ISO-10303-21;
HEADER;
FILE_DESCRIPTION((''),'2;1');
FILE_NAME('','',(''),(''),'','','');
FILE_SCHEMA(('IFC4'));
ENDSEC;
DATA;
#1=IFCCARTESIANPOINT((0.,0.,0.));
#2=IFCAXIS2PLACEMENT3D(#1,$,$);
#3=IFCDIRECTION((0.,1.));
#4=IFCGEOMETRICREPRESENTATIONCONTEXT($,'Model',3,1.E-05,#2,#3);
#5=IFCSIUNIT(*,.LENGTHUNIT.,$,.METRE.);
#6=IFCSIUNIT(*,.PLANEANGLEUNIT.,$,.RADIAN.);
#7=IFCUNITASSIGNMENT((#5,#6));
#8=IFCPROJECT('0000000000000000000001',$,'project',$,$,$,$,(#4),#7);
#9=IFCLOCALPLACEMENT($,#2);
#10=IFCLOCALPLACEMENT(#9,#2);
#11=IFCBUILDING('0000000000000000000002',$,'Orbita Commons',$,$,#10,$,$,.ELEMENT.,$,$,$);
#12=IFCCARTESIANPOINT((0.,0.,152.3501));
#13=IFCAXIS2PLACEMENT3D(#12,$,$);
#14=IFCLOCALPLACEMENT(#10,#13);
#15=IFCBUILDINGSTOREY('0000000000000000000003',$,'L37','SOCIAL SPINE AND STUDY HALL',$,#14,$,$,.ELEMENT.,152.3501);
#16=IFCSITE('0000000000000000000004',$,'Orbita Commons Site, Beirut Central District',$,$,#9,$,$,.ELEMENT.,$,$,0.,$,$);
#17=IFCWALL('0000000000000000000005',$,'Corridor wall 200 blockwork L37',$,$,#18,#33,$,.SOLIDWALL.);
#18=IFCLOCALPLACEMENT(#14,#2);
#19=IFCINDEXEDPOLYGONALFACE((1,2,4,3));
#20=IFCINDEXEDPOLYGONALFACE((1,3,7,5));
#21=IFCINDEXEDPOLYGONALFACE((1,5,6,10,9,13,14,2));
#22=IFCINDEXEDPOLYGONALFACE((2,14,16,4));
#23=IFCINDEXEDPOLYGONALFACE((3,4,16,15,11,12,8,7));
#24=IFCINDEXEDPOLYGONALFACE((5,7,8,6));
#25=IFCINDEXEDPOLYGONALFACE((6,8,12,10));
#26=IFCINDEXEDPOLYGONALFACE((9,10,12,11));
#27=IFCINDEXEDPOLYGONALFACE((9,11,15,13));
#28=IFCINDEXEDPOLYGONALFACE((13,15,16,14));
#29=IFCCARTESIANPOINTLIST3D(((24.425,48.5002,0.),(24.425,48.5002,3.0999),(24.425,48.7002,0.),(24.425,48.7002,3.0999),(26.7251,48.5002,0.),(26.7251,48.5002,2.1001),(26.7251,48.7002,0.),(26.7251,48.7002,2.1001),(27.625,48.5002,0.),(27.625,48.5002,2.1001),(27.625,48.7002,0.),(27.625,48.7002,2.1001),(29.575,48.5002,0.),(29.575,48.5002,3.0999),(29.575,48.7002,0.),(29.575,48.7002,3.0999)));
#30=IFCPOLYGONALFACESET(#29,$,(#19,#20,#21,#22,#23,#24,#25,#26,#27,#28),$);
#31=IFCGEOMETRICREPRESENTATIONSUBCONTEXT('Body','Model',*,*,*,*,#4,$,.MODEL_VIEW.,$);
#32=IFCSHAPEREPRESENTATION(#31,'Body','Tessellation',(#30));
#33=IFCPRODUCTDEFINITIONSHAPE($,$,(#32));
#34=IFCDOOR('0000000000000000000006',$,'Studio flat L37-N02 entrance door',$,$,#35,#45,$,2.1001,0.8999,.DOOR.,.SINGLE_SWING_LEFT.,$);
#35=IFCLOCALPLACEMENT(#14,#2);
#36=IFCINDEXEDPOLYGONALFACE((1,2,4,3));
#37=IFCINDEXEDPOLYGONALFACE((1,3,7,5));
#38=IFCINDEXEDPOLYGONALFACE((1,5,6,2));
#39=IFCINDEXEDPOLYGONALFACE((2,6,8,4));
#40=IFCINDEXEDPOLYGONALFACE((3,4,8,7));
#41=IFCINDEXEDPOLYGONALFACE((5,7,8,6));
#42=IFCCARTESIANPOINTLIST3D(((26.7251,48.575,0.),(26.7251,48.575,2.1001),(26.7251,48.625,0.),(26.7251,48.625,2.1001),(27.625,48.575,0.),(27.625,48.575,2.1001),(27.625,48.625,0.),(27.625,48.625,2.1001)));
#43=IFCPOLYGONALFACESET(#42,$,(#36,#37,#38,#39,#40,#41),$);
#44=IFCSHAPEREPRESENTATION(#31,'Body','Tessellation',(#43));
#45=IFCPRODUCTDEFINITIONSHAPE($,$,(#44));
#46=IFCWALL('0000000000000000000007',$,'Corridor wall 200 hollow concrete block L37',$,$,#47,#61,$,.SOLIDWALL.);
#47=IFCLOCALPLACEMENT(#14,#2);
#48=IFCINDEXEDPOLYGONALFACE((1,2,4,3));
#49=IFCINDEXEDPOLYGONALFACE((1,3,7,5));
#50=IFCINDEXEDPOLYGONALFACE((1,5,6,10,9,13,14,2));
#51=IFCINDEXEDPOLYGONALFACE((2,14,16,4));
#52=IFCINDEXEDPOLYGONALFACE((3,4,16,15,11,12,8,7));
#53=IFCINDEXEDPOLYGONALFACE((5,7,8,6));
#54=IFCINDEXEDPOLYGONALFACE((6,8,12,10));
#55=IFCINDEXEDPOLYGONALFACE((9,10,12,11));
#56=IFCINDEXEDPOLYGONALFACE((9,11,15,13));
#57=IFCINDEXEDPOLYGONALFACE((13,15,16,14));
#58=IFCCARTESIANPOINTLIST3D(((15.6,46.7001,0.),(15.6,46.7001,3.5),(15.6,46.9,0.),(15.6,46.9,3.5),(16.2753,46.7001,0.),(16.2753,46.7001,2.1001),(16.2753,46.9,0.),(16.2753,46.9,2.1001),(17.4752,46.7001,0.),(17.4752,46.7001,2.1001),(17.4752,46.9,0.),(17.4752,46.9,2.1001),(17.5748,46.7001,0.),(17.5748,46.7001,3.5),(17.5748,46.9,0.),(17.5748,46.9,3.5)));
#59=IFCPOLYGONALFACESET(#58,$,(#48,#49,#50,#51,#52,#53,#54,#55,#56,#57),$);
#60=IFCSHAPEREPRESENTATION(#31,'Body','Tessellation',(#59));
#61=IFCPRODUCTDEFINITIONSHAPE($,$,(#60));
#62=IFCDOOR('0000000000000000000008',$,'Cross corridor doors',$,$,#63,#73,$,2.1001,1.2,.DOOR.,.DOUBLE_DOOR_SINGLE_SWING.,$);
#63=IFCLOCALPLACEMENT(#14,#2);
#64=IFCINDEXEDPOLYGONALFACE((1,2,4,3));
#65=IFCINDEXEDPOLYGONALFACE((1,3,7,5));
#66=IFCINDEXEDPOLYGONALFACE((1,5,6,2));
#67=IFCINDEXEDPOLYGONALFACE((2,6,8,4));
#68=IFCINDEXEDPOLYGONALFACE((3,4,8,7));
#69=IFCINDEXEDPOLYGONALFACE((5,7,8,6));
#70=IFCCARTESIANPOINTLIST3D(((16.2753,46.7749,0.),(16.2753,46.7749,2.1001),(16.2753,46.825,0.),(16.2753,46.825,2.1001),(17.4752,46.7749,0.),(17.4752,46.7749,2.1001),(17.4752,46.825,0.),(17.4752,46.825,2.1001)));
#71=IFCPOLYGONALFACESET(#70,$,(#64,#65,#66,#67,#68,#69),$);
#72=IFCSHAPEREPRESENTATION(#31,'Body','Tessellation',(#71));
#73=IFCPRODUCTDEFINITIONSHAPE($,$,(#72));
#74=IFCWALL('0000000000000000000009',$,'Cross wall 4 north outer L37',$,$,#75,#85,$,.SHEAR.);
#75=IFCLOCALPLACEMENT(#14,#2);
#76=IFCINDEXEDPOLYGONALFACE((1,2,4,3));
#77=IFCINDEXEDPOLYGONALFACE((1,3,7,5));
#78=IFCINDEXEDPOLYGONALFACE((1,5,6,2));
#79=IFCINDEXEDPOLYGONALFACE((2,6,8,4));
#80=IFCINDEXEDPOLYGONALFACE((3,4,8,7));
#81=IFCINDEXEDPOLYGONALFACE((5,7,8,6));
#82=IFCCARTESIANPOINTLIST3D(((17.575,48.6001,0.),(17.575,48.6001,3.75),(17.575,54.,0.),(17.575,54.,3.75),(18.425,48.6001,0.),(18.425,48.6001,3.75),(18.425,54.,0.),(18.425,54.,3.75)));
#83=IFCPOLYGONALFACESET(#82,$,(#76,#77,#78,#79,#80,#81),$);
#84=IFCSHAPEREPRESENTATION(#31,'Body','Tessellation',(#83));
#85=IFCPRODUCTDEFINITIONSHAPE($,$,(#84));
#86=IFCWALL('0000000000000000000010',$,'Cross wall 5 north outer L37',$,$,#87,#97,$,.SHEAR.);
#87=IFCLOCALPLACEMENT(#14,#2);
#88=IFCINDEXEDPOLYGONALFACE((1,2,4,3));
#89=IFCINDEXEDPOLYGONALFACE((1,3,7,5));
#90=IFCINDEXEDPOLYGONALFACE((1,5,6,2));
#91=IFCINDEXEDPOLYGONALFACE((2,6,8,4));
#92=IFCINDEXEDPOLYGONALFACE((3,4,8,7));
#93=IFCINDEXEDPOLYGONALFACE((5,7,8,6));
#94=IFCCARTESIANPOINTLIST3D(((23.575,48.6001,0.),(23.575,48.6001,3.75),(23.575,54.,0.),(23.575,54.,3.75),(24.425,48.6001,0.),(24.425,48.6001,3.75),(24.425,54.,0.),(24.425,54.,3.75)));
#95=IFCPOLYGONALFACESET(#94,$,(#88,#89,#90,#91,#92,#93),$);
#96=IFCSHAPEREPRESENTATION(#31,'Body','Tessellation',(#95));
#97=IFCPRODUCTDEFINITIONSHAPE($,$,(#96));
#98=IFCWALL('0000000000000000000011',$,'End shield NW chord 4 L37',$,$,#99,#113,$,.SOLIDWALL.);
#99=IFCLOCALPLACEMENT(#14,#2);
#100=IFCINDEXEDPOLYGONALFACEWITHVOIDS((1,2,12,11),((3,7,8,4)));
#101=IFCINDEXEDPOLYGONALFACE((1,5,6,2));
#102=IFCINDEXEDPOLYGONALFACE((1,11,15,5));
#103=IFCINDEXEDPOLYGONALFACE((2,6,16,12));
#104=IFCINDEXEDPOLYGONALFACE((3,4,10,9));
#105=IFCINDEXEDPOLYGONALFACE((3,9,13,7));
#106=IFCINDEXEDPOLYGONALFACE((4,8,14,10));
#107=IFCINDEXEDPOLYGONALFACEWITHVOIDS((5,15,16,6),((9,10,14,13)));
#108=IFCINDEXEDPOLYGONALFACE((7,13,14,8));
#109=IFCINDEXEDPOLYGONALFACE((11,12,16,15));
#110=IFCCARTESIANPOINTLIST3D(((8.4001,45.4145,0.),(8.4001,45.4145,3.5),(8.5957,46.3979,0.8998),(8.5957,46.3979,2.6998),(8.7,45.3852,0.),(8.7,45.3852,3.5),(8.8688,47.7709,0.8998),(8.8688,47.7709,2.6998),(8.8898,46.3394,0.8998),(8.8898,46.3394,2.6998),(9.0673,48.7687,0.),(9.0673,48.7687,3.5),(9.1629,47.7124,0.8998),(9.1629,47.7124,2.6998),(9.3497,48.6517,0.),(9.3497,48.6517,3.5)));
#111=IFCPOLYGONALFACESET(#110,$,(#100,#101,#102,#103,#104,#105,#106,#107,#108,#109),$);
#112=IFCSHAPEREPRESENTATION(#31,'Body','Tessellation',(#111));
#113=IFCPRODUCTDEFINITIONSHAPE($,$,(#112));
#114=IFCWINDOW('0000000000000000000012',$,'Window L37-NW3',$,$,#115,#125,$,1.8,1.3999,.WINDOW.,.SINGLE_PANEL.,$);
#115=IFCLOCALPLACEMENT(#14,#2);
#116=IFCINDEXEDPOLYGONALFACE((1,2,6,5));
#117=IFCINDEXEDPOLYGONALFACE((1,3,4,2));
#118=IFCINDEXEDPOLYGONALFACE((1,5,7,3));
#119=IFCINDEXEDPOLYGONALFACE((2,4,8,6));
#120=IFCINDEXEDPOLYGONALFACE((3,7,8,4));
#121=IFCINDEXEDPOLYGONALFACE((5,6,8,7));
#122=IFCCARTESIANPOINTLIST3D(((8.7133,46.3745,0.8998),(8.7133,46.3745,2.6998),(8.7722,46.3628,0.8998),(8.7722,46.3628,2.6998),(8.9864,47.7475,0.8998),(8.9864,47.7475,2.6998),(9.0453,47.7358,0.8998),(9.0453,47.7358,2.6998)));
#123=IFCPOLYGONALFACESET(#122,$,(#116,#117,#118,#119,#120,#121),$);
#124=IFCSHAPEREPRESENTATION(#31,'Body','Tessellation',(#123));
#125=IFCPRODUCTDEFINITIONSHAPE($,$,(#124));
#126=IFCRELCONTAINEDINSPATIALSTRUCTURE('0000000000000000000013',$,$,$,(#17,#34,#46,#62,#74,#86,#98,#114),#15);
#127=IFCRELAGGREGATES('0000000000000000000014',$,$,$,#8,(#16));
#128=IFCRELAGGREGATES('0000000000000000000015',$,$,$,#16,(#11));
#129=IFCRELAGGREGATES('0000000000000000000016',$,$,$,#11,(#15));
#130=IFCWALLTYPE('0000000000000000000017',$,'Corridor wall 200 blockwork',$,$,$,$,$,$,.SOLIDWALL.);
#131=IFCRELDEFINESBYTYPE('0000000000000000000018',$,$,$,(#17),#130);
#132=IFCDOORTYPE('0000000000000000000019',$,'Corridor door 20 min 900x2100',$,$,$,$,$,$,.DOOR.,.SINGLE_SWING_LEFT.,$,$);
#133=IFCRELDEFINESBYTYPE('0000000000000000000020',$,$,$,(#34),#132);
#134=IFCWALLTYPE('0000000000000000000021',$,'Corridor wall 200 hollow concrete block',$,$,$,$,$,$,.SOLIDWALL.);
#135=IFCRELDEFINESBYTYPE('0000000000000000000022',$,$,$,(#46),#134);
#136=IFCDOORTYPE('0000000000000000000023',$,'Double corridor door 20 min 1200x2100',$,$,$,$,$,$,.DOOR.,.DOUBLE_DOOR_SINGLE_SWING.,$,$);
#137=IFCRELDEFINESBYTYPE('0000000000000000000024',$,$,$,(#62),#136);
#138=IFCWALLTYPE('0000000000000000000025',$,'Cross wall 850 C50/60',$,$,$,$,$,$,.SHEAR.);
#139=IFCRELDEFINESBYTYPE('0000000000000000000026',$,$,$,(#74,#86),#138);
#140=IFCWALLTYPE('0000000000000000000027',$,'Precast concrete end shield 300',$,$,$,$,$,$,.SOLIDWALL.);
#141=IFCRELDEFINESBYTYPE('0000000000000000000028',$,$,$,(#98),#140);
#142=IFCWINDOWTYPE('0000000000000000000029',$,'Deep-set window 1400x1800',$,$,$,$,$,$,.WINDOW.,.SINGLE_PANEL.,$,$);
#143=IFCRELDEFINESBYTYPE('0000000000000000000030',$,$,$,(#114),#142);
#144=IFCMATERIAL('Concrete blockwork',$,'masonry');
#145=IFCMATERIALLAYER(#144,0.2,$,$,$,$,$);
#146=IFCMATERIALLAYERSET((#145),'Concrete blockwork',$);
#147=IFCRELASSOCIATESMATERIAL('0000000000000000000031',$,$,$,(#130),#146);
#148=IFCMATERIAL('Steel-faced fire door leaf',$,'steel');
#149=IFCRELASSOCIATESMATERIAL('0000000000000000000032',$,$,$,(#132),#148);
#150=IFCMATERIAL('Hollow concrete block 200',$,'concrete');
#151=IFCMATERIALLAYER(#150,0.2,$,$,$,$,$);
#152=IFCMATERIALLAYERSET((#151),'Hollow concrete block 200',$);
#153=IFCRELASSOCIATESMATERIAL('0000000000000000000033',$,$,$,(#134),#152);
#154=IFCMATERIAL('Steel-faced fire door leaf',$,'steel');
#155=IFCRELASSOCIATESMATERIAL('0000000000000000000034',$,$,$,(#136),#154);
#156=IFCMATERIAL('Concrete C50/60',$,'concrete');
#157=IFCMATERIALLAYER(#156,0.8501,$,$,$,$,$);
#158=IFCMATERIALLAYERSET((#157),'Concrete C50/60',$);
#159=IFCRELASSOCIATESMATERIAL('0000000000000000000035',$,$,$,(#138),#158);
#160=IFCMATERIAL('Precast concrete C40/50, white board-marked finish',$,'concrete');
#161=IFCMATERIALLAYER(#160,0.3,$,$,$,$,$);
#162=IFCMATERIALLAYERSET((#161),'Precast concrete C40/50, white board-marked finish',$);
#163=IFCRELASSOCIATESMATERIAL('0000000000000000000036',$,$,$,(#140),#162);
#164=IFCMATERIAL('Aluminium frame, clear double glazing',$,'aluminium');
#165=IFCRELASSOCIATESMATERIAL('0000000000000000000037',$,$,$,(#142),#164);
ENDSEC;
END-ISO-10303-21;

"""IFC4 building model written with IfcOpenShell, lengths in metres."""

from ifc_helpers import new_model, si_unit, direction, frame, frame_2d, origin, place, context, subcontext, project, spatial, polyline, rectangle, outline, extrude, material, layer, layer_set, type_object, element, fill, save


model = new_model("IFC4")

# Units and contexts
model_context = context("Model", 3, precision=1e-05, world=origin(), true_north=direction((0.0, 1.0)))
body_context = subcontext(model_context, "Body", "Model", "MODEL_VIEW")
ifc_project = project(units=[si_unit("LENGTHUNIT", "METRE"), si_unit("PLANEANGLEUNIT", "RADIAN")], contexts=[model_context])

# Site, building, storey
site_placement = place(None, origin())
site = spatial("IfcSite", under=ifc_project, at=site_placement, Name="Orbita Commons Site, Beirut Central District", CompositionType="ELEMENT", RefElevation=0.0)
building_placement = place(site_placement, origin())
building = spatial("IfcBuilding", under=site, at=building_placement, Name="Orbita Commons", CompositionType="ELEMENT")
storey_placement = place(building_placement, frame((0.0, 0.0, 152.3501)))
storey = spatial("IfcBuildingStorey", under=building, at=storey_placement, Name="L37", Description="SOCIAL SPINE AND STUDY HALL", CompositionType="ELEMENT", Elevation=152.3501)

# Walls, openings, doors
ifc_material_1 = material(Name="Concrete blockwork", Category="masonry")
ifc_layer_1 = layer(ifc_material_1, 0.2)
ifc_layer_set_1 = layer_set([ifc_layer_1], Name="Concrete blockwork")
wall_type_1 = type_object("IfcWallType", Name="Corridor wall 200 blockwork", PredefinedType="SOLIDWALL", material=ifc_layer_set_1)
ifc_material_2 = material(Name="Steel-faced fire door leaf", Category="steel")
door_type_1 = type_object("IfcDoorType", Name="Corridor door 20 min 900x2100", OperationType="SINGLE_SWING_LEFT", PredefinedType="DOOR", material=ifc_material_2)
wall_1_placement = place(storey_placement, frame((24.425, 48.6001, 0.0), z_axis=(0.0, 0.0, 1.0), x_axis=(1.0, 0.0, 0.0)))
wall_1 = element("IfcWall", 1, at=wall_1_placement, inside=storey, type_object=wall_type_1, Name="Corridor wall 200 blockwork L37", PredefinedType="SOLIDWALL", context=body_context, shape_type="SweptSolid", body=[
    extrude(outline(polyline([(0.0, 0.0), (5.1499, 0.0), (5.1499, 3.0999), (0.0, 3.0999), (0.0, 0.0)])), frame((0.0, 0.1001, 0.0), z_axis=(0.0, -1.0, 0.0), x_axis=(1.0, 0.0, 0.0)), (0.0, 0.0, 1.0), 0.2),
])
opening_1_placement = place(wall_1_placement, frame((2.3, 0.0, 0.0)))
opening_1 = element("IfcOpeningElement", 2, at=opening_1_placement, cuts=wall_1, PredefinedType="OPENING", context=body_context, shape_type="SweptSolid", body=[
    extrude(rectangle(XDim=0.8999, YDim=2.1001, at=frame_2d((0.45, 1.05))), frame((0.0, 0.1099, 0.0), z_axis=(0.0, -1.0, 0.0), x_axis=(1.0, 0.0, 0.0)), (0.0, 0.0, 1.0), 0.22),
])
door_1_placement = place(opening_1_placement, origin())
door_1 = element("IfcDoor", 3, at=door_1_placement, inside=storey, type_object=door_type_1, Name="Studio flat L37-N02 entrance door", OperationType="SINGLE_SWING_LEFT", OverallHeight=2.1001, OverallWidth=0.8999, PredefinedType="DOOR", context=body_context, shape_type="SweptSolid", body=[
    extrude(rectangle(XDim=0.8999, YDim=2.1001, at=frame_2d((0.45, 1.05))), frame((0.0, 0.0249, 0.0), z_axis=(0.0, -1.0, 0.0), x_axis=(1.0, 0.0, 0.0)), (0.0, 0.0, 1.0), 0.05),
])
fill(opening_1, door_1)
ifc_material_3 = material(Name="Hollow concrete block 200", Category="concrete")
ifc_layer_2 = layer(ifc_material_3, 0.2)
ifc_layer_set_2 = layer_set([ifc_layer_2], Name="Hollow concrete block 200")
wall_type_2 = type_object("IfcWallType", Name="Corridor wall 200 hollow concrete block", PredefinedType="SOLIDWALL", material=ifc_layer_set_2)
wall_2_placement = place(storey_placement, frame((15.6001, 46.8, 0.0), z_axis=(0.0, 0.0, 1.0), x_axis=(1.0, 0.0, 0.0)))
wall_2 = element("IfcWall", 4, at=wall_2_placement, inside=storey, type_object=wall_type_2, Name="Corridor wall 200 hollow concrete block L37", PredefinedType="SOLIDWALL", context=body_context, shape_type="SweptSolid", body=[
    extrude(rectangle(XDim=1.9749, YDim=0.2, at=frame_2d((0.9873, 0.0))), origin(), (0.0, 0.0, 1.0), 3.5),
])
opening_2_placement = place(wall_2_placement, frame((0.675, 0.0, 0.0)))
opening_2 = element("IfcOpeningElement", 5, at=opening_2_placement, cuts=wall_2, PredefinedType="OPENING", context=body_context, shape_type="SweptSolid", body=[
    extrude(rectangle(XDim=1.2, YDim=2.1001, at=frame_2d((0.6001, 1.05))), frame((0.0, 0.1099, 0.0), z_axis=(0.0, -1.0, 0.0), x_axis=(1.0, 0.0, 0.0)), (0.0, 0.0, 1.0), 0.22),
])
ifc_material_4 = material(Name="Steel-faced fire door leaf", Category="steel")
door_type_2 = type_object("IfcDoorType", Name="Double corridor door 20 min 1200x2100", OperationType="DOUBLE_DOOR_SINGLE_SWING", PredefinedType="DOOR", material=ifc_material_4)
door_2_placement = place(opening_2_placement, origin())
door_2 = element("IfcDoor", 6, at=door_2_placement, inside=storey, type_object=door_type_2, Name="Cross corridor doors", OperationType="DOUBLE_DOOR_SINGLE_SWING", OverallHeight=2.1001, OverallWidth=1.2, PredefinedType="DOOR", context=body_context, shape_type="SweptSolid", body=[
    extrude(rectangle(XDim=1.2, YDim=2.1001, at=frame_2d((0.6001, 1.05))), frame((0.0, 0.0249, 0.0), z_axis=(0.0, -1.0, 0.0), x_axis=(1.0, 0.0, 0.0)), (0.0, 0.0, 1.0), 0.05),
])
fill(opening_2, door_2)

# Walls
ifc_material_5 = material(Name="Concrete C50/60", Category="concrete")
ifc_layer_3 = layer(ifc_material_5, 0.8501)
ifc_layer_set_3 = layer_set([ifc_layer_3], Name="Concrete C50/60")
wall_type_3 = type_object("IfcWallType", Name="Cross wall 850 C50/60", PredefinedType="SHEAR", material=ifc_layer_set_3)
for number, where, z_axis, x_axis, name in (
    (7, (18.0, 48.6001, 0.0), (0.0, 0.0, 1.0), (0.0, 1.0, 0.0), "Cross wall 4 north outer L37"),
    (8, (24.0, 48.6001, 0.0), (0.0, 0.0, 1.0), (0.0, 1.0, 0.0), "Cross wall 5 north outer L37"),
):
    element("IfcWall", number, at=place(storey_placement, frame(where, z_axis=z_axis, x_axis=x_axis)), inside=storey, type_object=wall_type_3, Name=name, PredefinedType="SHEAR", context=body_context, shape_type="SweptSolid", body=[
        extrude(rectangle(XDim=5.3999, YDim=0.8501, at=frame_2d((2.7, 0.0))), origin(), (0.0, 0.0, 1.0), 3.75),
    ])

# Wall, opening, window
ifc_material_6 = material(Name="Precast concrete C40/50, white board-marked finish", Category="concrete")
ifc_layer_4 = layer(ifc_material_6, 0.3)
ifc_layer_set_4 = layer_set([ifc_layer_4], Name="Precast concrete C40/50, white board-marked finish")
wall_type_4 = type_object("IfcWallType", Name="Precast concrete end shield 300", PredefinedType="SOLIDWALL", material=ifc_layer_set_4)
wall_3_placement = place(storey_placement, frame((9.2085, 48.7102, 0.0), z_axis=(0.0, 0.0, 1.0), x_axis=(-0.195087, -0.980786, 0.0)))
wall_3 = element("IfcWall", 9, at=wall_3_placement, inside=storey, type_object=wall_type_4, Name="End shield NW chord 4 L37", PredefinedType="SOLIDWALL", context=body_context, shape_type="SweptSolid", body=[
    extrude(outline(polyline([(-0.0298, -0.1499), (3.3901, -0.1499), (3.3604, 0.1499), (0.0298, 0.1499), (-0.0298, -0.1499)])), origin(), (0.0, 0.0, 1.0), 3.5),
])
opening_3_placement = place(wall_3_placement, frame((0.9875, 0.0, 0.8999)))
opening_3 = element("IfcOpeningElement", 10, at=opening_3_placement, cuts=wall_3, PredefinedType="OPENING", context=body_context, shape_type="SweptSolid", body=[
    extrude(rectangle(XDim=1.3999, YDim=1.8, at=frame_2d((0.7, 0.8999))), frame((0.0, 0.1599, 0.0), z_axis=(0.0, -1.0, 0.0), x_axis=(1.0, 0.0, 0.0)), (0.0, 0.0, 1.0), 0.3201),
])
ifc_material_7 = material(Name="Aluminium frame, clear double glazing", Category="aluminium")
window_type = type_object("IfcWindowType", Name="Deep-set window 1400x1800", PartitioningType="SINGLE_PANEL", PredefinedType="WINDOW", material=ifc_material_7)
window_placement = place(opening_3_placement, origin())
window = element("IfcWindow", 11, at=window_placement, inside=storey, type_object=window_type, Name="Window L37-NW3", OverallHeight=1.8, OverallWidth=1.3999, PartitioningType="SINGLE_PANEL", PredefinedType="WINDOW", context=body_context, shape_type="SweptSolid", body=[
    extrude(rectangle(XDim=1.3999, YDim=1.8, at=frame_2d((0.7, 0.8999))), frame((0.0, 0.03, 0.0), z_axis=(0.0, -1.0, 0.0), x_axis=(1.0, 0.0, 0.0)), (0.0, 0.0, 1.0), 0.0601),
])
fill(opening_3, window)

save(model, "model.ifc")
